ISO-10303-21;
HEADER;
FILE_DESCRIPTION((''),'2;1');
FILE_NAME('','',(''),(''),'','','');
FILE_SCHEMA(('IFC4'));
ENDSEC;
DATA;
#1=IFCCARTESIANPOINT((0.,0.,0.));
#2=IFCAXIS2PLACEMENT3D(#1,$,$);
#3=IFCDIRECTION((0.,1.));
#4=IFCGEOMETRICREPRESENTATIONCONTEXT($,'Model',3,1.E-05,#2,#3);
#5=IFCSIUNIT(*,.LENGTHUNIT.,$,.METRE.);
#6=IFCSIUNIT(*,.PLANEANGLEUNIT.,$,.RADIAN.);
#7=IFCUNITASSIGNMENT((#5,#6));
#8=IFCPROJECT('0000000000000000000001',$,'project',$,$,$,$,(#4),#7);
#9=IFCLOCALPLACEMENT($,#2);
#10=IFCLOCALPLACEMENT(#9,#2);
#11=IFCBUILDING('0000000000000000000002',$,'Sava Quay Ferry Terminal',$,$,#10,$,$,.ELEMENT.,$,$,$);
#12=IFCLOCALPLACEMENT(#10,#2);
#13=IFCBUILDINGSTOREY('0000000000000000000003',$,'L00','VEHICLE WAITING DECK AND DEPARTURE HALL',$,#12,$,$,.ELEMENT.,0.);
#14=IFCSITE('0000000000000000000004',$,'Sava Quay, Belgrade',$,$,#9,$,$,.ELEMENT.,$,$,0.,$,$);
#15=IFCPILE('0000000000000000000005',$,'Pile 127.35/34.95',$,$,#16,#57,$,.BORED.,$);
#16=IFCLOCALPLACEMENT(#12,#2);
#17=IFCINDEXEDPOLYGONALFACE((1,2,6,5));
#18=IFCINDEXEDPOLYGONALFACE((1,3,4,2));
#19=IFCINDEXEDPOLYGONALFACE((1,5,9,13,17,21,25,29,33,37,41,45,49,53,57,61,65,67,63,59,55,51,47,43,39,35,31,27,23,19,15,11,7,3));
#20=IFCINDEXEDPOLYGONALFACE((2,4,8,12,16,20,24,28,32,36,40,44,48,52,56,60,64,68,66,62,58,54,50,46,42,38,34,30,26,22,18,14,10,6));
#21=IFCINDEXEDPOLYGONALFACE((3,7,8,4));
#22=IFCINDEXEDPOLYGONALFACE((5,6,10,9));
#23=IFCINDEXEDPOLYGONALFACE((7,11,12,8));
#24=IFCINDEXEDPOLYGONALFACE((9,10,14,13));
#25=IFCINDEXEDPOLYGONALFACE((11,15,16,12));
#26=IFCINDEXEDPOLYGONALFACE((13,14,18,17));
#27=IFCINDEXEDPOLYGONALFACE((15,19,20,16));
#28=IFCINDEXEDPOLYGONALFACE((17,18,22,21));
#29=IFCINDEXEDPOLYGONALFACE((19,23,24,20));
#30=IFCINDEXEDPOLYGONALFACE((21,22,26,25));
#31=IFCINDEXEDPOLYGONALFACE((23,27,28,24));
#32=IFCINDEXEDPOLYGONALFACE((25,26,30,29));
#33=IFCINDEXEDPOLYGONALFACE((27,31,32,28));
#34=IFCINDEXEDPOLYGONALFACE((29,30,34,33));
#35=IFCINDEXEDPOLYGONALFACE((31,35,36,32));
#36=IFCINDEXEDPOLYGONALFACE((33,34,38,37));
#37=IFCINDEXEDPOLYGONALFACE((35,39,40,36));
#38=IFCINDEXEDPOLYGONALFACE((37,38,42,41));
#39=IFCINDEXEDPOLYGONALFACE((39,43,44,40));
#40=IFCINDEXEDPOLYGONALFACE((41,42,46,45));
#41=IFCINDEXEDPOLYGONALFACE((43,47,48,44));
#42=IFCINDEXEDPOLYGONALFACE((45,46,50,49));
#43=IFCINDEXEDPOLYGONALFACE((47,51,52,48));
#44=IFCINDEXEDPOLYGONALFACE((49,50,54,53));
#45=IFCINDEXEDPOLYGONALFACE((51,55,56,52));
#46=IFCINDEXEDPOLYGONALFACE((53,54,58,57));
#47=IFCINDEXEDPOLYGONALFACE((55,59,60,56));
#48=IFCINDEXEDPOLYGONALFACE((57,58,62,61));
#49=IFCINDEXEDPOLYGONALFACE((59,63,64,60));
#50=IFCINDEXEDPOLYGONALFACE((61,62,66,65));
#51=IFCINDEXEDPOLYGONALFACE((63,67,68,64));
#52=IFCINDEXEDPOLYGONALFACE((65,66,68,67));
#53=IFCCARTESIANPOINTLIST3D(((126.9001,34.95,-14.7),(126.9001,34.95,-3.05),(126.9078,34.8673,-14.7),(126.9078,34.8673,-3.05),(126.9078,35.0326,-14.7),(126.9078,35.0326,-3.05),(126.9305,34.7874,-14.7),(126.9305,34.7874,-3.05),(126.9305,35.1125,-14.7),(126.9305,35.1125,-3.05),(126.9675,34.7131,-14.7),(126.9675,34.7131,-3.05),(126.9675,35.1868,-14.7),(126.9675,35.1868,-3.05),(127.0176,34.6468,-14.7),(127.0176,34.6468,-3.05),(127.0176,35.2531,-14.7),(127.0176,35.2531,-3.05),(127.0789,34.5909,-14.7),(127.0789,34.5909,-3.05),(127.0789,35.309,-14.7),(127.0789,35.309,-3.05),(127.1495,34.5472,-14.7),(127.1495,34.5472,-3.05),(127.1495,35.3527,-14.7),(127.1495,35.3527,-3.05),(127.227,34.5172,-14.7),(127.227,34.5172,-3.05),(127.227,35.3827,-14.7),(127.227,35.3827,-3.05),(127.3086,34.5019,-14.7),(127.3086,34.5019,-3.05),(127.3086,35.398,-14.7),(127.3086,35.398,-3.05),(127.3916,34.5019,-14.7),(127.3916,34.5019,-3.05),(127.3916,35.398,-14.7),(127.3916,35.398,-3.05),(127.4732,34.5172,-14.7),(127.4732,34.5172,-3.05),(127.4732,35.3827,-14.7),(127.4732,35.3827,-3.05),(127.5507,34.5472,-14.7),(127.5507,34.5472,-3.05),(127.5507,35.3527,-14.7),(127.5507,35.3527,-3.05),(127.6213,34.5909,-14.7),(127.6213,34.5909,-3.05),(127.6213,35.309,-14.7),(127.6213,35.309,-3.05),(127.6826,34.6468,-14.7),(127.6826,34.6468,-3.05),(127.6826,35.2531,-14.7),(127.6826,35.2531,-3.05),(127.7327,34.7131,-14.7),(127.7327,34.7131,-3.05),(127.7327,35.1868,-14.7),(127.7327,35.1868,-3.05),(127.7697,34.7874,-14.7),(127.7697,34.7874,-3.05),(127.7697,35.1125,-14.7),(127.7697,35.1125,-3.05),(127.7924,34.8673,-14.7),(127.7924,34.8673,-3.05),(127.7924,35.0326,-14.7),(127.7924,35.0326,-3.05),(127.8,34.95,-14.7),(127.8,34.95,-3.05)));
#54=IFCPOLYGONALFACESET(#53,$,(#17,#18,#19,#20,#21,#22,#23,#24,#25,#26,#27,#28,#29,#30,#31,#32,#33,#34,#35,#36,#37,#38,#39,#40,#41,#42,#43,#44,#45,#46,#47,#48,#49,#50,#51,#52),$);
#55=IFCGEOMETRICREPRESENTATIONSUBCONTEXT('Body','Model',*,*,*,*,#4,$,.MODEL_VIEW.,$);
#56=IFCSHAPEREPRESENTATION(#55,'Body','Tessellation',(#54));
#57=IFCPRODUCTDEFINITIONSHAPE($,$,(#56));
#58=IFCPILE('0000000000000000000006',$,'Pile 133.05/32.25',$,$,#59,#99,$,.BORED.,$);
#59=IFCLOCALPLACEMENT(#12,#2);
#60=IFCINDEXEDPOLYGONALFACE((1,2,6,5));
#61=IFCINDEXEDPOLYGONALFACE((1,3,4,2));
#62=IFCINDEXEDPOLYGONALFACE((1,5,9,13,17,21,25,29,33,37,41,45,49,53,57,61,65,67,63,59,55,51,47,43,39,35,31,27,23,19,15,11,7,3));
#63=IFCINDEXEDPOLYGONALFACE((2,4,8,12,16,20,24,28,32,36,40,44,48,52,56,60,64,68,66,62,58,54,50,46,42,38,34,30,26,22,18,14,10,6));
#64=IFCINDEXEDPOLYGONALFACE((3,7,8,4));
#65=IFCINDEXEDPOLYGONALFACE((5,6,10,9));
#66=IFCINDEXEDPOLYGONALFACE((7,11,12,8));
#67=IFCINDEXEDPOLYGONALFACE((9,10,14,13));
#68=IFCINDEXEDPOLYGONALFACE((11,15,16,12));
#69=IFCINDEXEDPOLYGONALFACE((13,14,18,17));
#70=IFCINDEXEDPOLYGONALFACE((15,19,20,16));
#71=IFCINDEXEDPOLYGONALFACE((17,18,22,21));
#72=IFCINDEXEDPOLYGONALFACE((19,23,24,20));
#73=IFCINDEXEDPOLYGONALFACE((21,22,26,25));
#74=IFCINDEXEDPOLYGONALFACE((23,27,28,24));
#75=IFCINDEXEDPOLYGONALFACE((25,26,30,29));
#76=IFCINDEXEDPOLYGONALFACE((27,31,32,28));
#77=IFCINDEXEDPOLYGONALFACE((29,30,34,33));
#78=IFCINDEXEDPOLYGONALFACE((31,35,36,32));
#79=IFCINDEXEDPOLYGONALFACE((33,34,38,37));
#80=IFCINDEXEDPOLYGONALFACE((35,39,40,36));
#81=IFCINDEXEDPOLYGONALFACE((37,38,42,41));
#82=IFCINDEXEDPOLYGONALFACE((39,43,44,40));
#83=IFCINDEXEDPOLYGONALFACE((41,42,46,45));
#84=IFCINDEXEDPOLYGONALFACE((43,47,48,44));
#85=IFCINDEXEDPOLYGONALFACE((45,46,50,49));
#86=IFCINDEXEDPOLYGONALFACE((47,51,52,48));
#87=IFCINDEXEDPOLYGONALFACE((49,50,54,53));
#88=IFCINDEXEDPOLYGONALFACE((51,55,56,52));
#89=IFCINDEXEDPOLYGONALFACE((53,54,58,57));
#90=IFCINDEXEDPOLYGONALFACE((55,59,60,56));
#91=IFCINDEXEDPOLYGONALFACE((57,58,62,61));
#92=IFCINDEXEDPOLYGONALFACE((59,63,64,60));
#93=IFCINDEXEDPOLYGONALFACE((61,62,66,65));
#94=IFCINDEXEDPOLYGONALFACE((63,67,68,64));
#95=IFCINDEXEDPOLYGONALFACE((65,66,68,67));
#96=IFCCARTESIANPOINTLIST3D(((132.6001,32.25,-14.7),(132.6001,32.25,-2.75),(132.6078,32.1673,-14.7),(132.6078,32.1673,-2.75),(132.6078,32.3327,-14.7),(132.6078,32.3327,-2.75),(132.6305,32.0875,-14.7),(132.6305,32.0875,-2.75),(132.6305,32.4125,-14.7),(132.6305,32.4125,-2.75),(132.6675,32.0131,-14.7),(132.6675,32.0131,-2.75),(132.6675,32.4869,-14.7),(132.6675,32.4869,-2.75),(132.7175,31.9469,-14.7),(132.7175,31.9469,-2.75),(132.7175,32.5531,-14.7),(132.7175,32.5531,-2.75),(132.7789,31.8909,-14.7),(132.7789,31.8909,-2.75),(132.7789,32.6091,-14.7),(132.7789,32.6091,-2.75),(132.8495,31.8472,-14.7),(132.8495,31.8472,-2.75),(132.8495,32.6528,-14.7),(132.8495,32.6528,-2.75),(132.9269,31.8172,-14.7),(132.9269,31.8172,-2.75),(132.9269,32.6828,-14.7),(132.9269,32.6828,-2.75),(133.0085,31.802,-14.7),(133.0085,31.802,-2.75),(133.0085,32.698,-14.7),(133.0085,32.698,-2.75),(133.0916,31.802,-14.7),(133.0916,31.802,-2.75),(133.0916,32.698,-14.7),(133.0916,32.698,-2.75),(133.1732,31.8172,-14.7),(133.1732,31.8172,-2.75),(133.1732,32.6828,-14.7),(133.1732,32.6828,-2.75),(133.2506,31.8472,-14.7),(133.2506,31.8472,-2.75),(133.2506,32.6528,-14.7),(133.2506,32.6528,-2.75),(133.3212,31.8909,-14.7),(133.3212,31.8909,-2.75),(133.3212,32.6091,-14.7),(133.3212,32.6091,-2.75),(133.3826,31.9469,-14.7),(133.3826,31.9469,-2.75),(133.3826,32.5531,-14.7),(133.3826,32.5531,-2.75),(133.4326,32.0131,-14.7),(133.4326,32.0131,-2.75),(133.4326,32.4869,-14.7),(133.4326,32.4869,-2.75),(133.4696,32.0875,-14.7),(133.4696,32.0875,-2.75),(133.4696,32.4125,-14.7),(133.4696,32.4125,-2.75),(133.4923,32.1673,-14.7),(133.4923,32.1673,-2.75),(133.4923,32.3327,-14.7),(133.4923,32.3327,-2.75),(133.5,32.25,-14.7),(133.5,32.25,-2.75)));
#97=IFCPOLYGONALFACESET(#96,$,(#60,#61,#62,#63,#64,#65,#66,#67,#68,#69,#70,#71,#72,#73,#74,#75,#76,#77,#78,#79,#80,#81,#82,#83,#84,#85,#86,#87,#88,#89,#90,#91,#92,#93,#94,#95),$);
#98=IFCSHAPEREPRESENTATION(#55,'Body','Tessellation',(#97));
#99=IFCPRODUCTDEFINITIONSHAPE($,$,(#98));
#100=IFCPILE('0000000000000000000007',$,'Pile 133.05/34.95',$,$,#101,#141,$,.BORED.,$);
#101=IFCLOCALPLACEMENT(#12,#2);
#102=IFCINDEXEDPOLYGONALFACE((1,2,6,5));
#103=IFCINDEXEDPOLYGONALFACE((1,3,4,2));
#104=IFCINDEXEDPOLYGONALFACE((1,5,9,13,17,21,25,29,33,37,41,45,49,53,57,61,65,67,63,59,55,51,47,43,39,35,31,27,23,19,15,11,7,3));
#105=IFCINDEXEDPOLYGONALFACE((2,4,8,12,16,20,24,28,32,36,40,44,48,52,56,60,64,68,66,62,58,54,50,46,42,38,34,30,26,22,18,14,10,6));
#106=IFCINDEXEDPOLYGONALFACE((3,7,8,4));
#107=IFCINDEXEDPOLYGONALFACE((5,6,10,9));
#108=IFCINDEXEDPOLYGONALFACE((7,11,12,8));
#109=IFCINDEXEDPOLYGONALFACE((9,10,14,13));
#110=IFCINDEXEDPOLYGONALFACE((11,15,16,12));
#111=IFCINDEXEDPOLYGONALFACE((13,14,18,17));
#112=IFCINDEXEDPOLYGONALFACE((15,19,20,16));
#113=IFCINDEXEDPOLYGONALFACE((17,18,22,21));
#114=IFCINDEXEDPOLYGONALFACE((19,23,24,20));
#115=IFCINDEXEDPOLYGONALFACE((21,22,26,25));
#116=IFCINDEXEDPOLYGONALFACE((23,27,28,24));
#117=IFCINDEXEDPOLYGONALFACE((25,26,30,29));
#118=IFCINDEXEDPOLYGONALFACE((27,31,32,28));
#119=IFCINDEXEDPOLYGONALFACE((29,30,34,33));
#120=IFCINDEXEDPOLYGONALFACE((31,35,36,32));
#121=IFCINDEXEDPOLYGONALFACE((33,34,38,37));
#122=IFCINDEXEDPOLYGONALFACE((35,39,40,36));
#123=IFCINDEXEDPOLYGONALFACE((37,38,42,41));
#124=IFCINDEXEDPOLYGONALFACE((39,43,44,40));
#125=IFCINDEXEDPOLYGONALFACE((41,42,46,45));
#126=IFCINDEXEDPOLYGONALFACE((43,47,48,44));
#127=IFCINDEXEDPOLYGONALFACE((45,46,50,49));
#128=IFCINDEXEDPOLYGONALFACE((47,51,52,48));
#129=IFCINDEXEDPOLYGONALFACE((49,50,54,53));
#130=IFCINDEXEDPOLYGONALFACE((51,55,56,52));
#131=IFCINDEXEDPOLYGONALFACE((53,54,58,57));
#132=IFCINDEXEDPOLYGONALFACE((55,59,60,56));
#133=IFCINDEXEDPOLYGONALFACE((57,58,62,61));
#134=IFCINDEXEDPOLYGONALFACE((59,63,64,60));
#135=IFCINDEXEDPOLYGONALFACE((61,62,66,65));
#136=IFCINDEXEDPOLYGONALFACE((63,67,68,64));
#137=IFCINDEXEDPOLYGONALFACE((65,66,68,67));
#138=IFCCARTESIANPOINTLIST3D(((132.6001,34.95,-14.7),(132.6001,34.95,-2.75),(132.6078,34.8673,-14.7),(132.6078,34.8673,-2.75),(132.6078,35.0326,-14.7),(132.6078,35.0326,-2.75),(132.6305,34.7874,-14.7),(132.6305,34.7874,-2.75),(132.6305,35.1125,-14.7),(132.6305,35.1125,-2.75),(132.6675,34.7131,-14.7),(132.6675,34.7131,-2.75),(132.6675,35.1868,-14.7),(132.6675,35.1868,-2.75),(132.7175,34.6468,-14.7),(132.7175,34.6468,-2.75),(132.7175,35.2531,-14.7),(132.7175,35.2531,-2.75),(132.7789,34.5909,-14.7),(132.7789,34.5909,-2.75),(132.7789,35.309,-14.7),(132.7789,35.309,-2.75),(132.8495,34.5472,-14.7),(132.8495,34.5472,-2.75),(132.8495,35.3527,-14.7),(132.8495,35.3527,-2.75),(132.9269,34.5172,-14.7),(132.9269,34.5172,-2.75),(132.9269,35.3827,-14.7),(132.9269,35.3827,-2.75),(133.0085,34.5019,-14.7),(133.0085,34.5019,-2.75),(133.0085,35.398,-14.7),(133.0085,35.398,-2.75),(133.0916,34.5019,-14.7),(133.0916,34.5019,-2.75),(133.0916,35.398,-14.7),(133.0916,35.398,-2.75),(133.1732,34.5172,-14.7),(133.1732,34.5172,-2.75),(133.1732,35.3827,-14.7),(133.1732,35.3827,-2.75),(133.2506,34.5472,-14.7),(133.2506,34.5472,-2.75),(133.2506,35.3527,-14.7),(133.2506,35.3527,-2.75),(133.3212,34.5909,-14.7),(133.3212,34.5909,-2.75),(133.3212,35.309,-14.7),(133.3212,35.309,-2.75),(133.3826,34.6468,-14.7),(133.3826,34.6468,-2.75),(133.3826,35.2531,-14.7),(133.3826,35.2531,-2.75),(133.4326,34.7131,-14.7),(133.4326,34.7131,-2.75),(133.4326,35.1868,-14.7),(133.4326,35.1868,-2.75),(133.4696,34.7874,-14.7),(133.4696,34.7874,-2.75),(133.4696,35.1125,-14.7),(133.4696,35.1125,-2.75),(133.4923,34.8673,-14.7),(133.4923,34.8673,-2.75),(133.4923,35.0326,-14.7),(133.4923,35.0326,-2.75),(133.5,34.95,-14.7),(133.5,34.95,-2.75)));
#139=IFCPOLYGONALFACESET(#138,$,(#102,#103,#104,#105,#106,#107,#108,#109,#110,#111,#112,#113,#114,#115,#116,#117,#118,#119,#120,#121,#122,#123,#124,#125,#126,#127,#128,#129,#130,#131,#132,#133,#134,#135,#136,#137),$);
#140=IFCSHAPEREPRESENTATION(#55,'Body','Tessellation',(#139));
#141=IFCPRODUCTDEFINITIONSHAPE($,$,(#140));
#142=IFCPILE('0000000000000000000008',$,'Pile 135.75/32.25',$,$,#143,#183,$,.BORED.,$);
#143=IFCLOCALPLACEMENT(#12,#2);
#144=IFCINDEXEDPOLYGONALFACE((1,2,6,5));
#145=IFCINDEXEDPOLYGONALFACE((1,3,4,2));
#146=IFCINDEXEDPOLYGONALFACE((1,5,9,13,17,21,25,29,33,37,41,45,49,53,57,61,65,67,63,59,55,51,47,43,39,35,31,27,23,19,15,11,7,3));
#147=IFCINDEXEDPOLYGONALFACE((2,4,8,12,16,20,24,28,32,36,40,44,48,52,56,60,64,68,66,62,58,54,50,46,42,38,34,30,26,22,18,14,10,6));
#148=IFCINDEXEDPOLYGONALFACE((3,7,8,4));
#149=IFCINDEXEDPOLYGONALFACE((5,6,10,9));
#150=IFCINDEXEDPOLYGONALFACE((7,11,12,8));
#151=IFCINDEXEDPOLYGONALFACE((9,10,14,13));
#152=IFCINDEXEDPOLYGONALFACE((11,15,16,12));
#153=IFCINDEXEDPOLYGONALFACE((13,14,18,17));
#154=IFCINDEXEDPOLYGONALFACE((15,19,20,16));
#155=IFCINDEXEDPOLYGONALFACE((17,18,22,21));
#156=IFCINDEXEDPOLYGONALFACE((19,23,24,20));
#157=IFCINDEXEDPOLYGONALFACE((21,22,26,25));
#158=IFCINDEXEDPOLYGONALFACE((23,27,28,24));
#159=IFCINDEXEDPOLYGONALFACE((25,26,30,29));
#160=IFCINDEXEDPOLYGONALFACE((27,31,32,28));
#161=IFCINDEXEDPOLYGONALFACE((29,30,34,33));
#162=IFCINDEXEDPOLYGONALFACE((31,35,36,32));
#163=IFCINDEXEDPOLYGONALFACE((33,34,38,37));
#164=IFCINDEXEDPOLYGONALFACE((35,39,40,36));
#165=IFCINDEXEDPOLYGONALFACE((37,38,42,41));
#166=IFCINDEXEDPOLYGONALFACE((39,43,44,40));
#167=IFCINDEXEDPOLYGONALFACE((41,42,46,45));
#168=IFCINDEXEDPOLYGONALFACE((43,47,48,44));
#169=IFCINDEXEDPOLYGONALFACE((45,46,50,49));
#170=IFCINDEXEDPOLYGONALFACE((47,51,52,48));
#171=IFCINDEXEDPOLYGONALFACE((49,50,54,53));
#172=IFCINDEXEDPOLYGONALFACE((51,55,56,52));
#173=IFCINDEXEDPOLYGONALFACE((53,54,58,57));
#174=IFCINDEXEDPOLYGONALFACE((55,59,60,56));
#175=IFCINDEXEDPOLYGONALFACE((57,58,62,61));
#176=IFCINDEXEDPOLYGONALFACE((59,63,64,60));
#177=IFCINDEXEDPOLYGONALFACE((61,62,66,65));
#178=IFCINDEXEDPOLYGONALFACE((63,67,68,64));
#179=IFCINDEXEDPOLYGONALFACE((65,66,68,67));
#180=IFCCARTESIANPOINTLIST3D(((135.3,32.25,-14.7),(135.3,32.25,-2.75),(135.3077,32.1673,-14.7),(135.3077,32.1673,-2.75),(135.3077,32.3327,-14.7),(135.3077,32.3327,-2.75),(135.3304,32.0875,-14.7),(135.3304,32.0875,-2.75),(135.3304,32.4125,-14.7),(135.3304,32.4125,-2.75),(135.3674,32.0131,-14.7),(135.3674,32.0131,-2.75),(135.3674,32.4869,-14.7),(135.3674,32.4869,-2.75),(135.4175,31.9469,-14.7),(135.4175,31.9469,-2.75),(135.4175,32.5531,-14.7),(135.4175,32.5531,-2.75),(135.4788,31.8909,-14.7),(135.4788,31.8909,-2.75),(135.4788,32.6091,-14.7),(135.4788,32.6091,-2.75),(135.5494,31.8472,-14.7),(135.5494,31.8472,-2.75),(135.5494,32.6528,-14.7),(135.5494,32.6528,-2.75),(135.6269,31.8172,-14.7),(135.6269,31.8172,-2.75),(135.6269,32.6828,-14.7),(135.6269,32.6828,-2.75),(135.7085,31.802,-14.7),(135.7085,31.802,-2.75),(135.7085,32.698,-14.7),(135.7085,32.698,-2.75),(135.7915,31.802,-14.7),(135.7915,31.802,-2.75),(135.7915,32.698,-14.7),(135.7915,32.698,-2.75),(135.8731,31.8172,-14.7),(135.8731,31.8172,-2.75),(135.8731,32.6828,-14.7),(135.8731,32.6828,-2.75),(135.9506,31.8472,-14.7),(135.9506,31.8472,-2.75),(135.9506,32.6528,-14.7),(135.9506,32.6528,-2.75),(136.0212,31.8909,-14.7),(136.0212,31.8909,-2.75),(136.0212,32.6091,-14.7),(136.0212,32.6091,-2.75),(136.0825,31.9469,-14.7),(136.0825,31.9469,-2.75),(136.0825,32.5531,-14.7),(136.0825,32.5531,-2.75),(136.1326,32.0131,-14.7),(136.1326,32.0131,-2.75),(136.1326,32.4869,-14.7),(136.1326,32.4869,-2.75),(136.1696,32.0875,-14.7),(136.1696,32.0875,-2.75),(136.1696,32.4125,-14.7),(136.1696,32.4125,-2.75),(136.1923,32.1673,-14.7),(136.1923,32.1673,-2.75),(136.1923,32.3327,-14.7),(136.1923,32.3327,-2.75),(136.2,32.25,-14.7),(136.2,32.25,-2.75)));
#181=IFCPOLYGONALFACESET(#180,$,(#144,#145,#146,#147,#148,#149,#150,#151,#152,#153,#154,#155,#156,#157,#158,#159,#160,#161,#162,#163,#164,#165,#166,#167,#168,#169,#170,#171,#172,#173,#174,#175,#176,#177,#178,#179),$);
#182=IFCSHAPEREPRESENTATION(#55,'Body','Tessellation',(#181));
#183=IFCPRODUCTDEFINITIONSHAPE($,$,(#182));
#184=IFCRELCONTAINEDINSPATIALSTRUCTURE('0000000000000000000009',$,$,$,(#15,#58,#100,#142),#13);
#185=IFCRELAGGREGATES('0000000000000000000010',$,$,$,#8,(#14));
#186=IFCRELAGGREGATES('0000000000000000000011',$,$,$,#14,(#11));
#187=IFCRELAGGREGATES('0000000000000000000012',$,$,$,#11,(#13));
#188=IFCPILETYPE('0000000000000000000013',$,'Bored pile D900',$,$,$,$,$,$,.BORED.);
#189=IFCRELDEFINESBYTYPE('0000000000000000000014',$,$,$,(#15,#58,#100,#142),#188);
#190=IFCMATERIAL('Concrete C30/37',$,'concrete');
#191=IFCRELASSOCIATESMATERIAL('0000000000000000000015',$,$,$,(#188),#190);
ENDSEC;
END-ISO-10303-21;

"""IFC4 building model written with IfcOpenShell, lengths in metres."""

from ifc_helpers import new_model, si_unit, direction, frame, origin, origin_2d, place, context, subcontext, project, spatial, circle, extrude, material, material_profile, profile_set, type_object, element, save


model = new_model("IFC4")

# Units and contexts
model_context = context("Model", 3, precision=1e-05, world=origin(), true_north=direction((0.0, 1.0)))
body_context = subcontext(model_context, "Body", "Model", "MODEL_VIEW")
ifc_project = project(units=[si_unit("LENGTHUNIT", "METRE"), si_unit("PLANEANGLEUNIT", "RADIAN")], contexts=[model_context])

# Site, building, storey
site_placement = place(None, origin())
site = spatial("IfcSite", under=ifc_project, at=site_placement, Name="Sava Quay, Belgrade", CompositionType="ELEMENT", RefElevation=0.0)
building_placement = place(site_placement, origin())
building = spatial("IfcBuilding", under=site, at=building_placement, Name="Sava Quay Ferry Terminal", CompositionType="ELEMENT")
storey_placement = place(building_placement, origin())
storey = spatial("IfcBuildingStorey", under=building, at=storey_placement, Name="L00", Description="VEHICLE WAITING DECK AND DEPARTURE HALL", CompositionType="ELEMENT", Elevation=0.0)

# Piles
ifc_material_1 = material(Name="Concrete C30/37", Category="concrete")
ifc_material_profile_1 = material_profile(ifc_material_1, circle(Radius=0.45, at=origin_2d()), Name="Bored pile D900")
ifc_profile_set_1 = profile_set([ifc_material_profile_1], Name="Concrete C30/37")
pile_type = type_object("IfcPileType", Name="Bored pile D900", PredefinedType="BORED", material=ifc_profile_set_1)
for number, where, z_axis, x_axis, name in (
    (1, (127.3501, 34.95, -3.05), (0.0, 0.0, -1.0), (1.0, 0.0, 0.0), "Pile 127.35/34.95"),
):
    element("IfcPile", number, at=place(storey_placement, frame(where, z_axis=z_axis, x_axis=x_axis)), inside=storey, type_object=pile_type, Name=name, PredefinedType="BORED", context=body_context, shape_type="SweptSolid", body=[
        extrude(circle(Radius=0.45, at=origin_2d()), origin(), (0.0, 0.0, 1.0), 11.6499),
    ])
for number, where, z_axis, x_axis, name in (
    (2, (133.05, 32.25, -2.75), (0.0, 0.0, -1.0), (1.0, 0.0, 0.0), "Pile 133.05/32.25"),
    (3, (133.05, 34.95, -2.75), (0.0, 0.0, -1.0), (1.0, 0.0, 0.0), "Pile 133.05/34.95"),
    (4, (135.75, 32.25, -2.75), (0.0, 0.0, -1.0), (1.0, 0.0, 0.0), "Pile 135.75/32.25"),
):
    element("IfcPile", number, at=place(storey_placement, frame(where, z_axis=z_axis, x_axis=x_axis)), inside=storey, type_object=pile_type, Name=name, PredefinedType="BORED", context=body_context, shape_type="SweptSolid", body=[
        extrude(circle(Radius=0.45, at=origin_2d()), origin(), (0.0, 0.0, 1.0), 11.95),
    ])

save(model, "model.ifc")
